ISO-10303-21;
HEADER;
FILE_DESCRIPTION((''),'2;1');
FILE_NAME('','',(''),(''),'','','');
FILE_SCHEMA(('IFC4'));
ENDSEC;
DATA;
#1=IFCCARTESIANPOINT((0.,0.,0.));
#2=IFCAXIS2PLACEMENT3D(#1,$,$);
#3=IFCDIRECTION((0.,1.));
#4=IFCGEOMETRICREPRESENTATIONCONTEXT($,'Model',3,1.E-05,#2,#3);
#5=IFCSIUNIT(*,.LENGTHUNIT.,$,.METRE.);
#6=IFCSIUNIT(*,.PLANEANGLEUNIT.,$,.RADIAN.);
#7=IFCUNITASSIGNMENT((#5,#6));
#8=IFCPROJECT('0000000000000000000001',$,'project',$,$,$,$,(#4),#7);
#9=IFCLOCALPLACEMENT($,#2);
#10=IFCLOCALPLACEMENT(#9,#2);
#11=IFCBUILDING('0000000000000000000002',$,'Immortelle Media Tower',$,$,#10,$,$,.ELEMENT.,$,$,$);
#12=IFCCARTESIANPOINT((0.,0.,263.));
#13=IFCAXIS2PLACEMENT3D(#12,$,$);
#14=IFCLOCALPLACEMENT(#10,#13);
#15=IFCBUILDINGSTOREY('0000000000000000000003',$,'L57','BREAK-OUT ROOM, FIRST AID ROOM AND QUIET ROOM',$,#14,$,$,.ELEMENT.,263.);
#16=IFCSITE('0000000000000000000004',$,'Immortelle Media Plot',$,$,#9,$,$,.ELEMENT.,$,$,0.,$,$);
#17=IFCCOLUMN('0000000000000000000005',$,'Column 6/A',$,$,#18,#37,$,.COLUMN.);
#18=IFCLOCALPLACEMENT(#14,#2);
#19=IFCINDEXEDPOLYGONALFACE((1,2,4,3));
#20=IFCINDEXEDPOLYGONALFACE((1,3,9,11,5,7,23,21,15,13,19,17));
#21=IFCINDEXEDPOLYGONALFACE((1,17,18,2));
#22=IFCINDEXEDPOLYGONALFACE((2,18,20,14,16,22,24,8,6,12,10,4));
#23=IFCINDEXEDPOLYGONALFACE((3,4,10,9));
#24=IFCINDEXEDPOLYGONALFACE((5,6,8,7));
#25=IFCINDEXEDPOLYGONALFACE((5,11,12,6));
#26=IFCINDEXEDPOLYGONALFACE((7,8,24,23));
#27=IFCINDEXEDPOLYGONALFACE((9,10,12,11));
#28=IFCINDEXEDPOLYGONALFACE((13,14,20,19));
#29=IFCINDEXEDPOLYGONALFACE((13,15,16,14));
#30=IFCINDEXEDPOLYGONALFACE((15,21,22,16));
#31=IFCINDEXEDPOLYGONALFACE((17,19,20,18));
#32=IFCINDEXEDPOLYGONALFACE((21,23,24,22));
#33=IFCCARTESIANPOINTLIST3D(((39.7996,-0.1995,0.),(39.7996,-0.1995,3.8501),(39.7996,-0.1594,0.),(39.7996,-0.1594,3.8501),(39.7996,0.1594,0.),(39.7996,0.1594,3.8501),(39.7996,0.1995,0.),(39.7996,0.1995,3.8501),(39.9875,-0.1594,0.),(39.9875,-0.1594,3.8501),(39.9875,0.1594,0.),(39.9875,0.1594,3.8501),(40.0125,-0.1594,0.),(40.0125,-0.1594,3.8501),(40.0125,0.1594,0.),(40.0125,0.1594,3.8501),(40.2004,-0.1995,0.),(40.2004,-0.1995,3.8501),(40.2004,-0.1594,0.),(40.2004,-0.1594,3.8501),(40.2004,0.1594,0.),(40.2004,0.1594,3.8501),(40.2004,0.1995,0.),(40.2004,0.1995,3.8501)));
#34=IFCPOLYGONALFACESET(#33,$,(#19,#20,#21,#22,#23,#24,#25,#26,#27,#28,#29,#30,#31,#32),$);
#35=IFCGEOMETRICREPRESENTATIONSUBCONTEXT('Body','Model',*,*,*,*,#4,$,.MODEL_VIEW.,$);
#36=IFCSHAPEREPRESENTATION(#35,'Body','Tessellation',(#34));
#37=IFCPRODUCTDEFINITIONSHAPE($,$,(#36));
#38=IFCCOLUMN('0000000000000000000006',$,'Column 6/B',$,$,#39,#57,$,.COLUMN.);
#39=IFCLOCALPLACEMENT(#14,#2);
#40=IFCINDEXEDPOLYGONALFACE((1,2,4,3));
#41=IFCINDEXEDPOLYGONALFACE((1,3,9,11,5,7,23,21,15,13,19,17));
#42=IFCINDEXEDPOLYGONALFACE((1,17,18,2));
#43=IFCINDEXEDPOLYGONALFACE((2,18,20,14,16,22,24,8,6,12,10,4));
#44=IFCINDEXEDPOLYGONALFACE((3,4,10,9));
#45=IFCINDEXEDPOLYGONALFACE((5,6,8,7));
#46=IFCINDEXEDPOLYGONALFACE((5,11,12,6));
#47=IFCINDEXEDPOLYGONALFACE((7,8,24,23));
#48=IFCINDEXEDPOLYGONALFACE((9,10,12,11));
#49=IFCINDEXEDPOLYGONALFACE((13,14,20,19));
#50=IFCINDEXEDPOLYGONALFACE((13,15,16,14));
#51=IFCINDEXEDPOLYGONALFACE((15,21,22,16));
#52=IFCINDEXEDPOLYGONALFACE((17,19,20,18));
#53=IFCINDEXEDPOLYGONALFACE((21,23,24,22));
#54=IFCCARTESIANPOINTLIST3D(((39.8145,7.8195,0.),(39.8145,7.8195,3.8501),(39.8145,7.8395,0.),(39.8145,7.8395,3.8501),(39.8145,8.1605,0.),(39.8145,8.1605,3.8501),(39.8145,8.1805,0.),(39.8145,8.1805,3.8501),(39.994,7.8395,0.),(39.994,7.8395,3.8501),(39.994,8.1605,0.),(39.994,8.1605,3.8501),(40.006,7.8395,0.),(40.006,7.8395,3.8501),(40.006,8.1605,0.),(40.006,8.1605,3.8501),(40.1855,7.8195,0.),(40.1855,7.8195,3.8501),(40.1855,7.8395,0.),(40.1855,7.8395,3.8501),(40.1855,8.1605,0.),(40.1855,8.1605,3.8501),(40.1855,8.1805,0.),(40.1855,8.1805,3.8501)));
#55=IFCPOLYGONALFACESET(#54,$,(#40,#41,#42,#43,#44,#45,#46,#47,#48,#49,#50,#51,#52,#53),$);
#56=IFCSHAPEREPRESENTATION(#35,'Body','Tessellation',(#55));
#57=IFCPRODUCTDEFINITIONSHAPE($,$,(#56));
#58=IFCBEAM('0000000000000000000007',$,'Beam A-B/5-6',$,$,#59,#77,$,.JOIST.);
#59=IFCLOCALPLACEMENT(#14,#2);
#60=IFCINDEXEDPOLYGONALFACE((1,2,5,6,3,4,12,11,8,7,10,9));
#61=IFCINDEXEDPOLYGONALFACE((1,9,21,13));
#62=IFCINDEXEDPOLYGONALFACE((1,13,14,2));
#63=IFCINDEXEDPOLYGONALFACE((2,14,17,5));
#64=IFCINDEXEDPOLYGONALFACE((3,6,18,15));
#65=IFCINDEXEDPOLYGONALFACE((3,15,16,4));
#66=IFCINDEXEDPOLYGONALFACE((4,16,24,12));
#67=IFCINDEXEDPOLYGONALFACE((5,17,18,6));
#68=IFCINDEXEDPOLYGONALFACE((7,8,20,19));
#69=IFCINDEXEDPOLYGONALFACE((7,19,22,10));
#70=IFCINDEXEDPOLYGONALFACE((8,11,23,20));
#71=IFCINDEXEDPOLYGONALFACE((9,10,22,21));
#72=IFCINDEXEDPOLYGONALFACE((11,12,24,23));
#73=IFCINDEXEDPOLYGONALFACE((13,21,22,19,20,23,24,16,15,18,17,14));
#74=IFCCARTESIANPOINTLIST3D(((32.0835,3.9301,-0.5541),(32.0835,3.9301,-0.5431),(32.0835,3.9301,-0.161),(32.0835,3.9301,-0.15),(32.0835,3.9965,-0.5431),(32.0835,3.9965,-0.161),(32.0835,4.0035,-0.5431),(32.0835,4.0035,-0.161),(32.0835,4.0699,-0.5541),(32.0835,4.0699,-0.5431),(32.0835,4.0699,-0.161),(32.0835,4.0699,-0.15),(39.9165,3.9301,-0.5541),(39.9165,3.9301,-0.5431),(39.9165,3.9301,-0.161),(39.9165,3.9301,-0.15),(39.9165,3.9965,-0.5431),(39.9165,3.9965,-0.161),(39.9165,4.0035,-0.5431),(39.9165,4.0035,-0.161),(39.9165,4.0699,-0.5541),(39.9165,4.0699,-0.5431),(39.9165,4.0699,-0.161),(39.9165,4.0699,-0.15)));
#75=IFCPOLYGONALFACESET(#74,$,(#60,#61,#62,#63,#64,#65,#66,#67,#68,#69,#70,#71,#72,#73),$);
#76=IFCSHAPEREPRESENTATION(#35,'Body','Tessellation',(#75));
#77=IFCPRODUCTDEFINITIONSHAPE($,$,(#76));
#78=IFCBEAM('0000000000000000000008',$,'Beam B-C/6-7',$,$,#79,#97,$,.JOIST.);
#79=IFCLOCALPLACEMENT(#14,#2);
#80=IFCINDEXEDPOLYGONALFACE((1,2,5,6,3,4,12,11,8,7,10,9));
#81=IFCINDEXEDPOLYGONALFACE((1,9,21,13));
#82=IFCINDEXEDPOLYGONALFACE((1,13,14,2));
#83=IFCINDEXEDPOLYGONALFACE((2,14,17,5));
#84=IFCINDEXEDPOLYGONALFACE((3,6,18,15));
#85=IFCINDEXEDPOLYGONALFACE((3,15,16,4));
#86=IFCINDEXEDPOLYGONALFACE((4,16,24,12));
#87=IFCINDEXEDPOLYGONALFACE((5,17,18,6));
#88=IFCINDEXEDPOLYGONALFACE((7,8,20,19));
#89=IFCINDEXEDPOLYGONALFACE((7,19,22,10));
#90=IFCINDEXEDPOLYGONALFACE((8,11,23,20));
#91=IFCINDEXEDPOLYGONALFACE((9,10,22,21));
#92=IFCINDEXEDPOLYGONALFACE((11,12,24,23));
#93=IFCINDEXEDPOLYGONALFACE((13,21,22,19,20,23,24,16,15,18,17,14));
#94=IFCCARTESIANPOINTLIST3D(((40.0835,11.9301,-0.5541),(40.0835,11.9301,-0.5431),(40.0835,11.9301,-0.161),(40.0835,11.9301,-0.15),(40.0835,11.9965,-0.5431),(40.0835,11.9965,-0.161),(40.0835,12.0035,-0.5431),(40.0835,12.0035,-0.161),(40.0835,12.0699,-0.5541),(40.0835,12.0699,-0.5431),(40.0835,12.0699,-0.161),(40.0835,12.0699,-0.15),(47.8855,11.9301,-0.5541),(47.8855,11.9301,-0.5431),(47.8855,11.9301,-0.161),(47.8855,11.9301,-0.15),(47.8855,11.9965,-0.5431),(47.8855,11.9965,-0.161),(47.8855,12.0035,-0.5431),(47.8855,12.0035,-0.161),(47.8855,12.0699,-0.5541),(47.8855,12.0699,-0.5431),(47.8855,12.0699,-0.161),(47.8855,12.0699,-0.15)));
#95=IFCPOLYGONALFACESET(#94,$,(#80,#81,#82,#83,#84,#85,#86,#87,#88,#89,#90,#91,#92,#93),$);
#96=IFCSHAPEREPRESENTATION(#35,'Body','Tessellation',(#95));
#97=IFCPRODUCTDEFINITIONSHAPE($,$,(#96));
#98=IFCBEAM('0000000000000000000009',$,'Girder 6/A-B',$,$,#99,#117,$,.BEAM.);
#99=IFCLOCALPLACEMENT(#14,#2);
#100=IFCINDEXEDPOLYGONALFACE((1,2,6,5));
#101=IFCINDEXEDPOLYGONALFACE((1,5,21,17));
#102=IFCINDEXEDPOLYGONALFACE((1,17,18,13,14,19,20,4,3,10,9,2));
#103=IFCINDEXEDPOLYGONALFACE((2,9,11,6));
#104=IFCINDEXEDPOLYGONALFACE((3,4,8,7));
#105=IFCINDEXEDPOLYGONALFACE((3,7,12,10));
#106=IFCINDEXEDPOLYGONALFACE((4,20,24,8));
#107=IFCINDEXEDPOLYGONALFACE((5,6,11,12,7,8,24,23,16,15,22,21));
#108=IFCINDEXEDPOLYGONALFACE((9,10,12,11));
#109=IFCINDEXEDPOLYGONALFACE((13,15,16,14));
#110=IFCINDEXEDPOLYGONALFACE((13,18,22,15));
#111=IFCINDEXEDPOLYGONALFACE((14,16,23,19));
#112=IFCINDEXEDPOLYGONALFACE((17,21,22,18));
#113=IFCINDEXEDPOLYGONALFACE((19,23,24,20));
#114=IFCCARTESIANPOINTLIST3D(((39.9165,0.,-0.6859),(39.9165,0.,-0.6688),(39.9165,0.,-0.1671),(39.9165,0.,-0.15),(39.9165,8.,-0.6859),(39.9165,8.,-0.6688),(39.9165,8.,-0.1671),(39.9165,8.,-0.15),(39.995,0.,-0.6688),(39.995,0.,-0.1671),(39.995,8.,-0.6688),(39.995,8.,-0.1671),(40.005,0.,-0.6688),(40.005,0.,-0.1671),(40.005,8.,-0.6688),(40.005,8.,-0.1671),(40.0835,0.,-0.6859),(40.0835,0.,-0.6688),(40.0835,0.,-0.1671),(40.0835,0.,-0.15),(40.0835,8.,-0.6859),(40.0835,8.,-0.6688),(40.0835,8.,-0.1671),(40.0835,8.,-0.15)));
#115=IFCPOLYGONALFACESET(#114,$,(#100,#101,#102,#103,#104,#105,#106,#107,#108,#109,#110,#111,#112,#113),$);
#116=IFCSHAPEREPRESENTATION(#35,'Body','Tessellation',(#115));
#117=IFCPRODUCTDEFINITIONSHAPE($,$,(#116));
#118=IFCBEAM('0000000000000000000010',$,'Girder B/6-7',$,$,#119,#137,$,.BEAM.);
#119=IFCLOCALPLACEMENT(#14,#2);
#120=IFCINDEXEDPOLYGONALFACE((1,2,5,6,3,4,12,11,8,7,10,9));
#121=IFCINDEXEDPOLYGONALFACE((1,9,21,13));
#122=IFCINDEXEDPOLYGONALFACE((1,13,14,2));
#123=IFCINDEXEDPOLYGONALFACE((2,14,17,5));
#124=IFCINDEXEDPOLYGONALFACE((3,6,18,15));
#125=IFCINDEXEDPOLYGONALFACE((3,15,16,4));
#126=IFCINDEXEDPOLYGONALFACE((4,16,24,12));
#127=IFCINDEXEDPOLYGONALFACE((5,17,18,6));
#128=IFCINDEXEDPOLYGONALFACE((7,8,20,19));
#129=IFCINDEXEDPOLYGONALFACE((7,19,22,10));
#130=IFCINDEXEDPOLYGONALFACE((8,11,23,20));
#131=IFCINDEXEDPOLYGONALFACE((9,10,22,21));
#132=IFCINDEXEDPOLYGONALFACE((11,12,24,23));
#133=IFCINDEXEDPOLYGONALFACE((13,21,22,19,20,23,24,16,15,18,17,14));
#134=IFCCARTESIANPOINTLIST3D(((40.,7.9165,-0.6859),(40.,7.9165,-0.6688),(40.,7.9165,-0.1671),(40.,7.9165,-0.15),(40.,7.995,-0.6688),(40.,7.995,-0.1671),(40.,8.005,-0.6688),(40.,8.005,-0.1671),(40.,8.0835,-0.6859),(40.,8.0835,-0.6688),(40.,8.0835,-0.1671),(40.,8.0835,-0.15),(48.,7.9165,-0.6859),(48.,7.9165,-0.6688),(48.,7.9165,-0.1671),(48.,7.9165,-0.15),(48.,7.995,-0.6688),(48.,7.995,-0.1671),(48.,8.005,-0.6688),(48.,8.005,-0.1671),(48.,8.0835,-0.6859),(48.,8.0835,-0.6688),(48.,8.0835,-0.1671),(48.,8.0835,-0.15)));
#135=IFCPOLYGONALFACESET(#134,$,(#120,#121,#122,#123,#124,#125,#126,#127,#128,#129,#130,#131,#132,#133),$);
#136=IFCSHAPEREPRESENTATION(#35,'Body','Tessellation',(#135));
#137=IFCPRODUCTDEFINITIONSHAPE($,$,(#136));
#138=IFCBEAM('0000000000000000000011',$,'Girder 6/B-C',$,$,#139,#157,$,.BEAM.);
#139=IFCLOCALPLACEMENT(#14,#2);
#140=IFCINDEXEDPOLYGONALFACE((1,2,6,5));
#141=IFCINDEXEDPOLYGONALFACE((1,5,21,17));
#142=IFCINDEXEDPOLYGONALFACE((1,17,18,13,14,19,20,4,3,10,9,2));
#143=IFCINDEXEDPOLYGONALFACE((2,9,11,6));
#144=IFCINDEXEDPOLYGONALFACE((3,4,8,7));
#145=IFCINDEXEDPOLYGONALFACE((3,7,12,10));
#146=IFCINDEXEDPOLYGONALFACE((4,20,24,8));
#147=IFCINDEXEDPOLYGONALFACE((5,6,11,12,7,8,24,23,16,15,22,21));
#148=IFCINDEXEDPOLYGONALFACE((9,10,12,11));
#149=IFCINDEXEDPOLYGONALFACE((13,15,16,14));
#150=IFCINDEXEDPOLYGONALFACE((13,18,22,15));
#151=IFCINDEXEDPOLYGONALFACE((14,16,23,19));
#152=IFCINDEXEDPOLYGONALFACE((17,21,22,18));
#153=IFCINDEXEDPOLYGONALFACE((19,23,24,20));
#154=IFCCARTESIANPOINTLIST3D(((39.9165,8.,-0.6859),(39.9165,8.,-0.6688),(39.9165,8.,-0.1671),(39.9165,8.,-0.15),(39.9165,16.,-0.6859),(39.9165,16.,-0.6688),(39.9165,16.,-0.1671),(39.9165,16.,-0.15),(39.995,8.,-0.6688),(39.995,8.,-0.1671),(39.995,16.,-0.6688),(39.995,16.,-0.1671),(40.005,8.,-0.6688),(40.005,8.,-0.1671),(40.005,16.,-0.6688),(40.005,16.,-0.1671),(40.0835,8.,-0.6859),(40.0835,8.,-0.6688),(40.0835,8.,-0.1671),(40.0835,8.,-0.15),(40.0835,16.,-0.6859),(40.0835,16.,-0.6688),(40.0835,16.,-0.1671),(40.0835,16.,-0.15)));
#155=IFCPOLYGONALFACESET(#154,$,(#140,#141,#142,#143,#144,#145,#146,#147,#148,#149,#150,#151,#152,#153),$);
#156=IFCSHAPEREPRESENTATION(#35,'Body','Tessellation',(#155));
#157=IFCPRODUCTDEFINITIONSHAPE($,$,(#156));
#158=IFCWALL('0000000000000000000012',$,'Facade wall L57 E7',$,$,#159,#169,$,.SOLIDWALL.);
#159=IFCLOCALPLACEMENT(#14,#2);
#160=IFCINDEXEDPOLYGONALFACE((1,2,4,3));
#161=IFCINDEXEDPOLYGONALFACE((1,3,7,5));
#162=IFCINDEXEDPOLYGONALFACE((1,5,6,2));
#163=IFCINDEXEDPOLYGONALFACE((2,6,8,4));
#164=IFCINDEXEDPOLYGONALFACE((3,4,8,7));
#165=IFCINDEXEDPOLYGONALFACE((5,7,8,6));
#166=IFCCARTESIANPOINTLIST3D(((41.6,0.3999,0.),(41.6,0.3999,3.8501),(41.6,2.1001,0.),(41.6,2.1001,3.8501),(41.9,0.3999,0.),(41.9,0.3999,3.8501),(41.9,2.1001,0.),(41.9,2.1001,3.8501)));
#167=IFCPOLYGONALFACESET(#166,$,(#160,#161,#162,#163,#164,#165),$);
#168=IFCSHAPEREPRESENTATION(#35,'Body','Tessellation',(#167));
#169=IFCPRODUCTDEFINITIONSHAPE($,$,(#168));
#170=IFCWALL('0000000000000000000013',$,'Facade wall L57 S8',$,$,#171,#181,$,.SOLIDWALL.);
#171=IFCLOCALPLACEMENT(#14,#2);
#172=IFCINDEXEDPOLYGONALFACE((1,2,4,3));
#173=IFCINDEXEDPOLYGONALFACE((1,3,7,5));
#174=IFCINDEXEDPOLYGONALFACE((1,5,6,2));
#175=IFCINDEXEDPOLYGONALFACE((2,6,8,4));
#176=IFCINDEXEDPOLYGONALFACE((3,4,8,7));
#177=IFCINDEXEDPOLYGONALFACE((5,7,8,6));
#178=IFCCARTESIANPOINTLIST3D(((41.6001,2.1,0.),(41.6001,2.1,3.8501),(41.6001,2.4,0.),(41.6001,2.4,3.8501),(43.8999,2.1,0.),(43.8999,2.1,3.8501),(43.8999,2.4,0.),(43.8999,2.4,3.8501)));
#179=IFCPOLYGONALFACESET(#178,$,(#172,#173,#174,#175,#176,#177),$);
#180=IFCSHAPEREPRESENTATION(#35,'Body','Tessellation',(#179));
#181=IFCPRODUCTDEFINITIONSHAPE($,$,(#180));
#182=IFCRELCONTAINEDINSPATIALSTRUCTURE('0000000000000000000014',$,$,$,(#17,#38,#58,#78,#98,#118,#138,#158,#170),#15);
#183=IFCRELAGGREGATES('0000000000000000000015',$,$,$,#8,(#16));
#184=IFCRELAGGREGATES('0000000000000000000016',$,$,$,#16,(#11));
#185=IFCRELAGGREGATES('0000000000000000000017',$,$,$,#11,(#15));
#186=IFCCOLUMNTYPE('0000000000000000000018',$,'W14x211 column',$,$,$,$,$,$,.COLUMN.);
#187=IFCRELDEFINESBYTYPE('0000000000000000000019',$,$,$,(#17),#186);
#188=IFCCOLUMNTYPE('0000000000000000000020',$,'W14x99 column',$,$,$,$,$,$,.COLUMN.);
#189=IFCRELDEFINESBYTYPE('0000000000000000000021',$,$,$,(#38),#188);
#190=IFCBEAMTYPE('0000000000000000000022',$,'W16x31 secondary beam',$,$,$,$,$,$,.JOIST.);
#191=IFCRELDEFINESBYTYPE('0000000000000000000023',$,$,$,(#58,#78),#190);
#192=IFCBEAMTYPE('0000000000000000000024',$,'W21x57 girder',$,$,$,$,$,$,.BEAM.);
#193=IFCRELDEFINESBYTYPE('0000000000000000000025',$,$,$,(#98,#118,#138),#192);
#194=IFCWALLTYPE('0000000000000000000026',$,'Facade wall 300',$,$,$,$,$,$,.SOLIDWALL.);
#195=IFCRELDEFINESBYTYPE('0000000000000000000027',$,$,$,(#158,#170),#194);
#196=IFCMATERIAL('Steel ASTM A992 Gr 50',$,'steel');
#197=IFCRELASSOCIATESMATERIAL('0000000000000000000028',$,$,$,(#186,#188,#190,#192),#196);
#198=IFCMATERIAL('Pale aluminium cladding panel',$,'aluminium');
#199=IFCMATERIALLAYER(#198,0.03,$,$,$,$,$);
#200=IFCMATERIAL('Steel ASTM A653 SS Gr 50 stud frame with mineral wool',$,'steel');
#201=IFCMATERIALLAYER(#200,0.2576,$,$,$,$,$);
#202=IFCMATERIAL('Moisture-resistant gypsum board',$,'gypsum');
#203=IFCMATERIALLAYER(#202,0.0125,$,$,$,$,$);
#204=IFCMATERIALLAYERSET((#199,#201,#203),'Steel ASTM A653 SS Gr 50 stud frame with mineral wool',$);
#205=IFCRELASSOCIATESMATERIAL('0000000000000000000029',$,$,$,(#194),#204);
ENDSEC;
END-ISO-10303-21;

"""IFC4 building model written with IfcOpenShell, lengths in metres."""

from ifc_helpers import new_model, si_unit, direction, frame, frame_2d, origin, origin_2d, place, context, subcontext, project, spatial, rectangle, i_section, extrude, material, layer, layer_set, material_profile, profile_set, type_object, element, save


model = new_model("IFC4")

# Units and contexts
model_context = context("Model", 3, precision=1e-05, world=origin(), true_north=direction((0.0, 1.0)))
body_context = subcontext(model_context, "Body", "Model", "MODEL_VIEW")
ifc_project = project(units=[si_unit("LENGTHUNIT", "METRE"), si_unit("PLANEANGLEUNIT", "RADIAN")], contexts=[model_context])

# Site, building, storey
site_placement = place(None, origin())
site = spatial("IfcSite", under=ifc_project, at=site_placement, Name="Immortelle Media Plot", CompositionType="ELEMENT", RefElevation=0.0)
building_placement = place(site_placement, origin())
building = spatial("IfcBuilding", under=site, at=building_placement, Name="Immortelle Media Tower", CompositionType="ELEMENT")
storey_placement = place(building_placement, frame((0.0, 0.0, 263.0)))
storey = spatial("IfcBuildingStorey", under=building, at=storey_placement, Name="L57", Description="BREAK-OUT ROOM, FIRST AID ROOM AND QUIET ROOM", CompositionType="ELEMENT", Elevation=263.0)

# Columns
ifc_material_1 = material(Name="Steel ASTM A992 Gr 50", Category="steel")
ifc_material_profile_1 = material_profile(ifc_material_1, i_section(OverallWidth=0.4009, OverallDepth=0.3989, WebThickness=0.0249, FlangeThickness=0.04, at=origin_2d()), Name="W14x211")
ifc_profile_set_1 = profile_set([ifc_material_profile_1], Name="Steel ASTM A992 Gr 50")
column_type_1 = type_object("IfcColumnType", Name="W14x211 column", PredefinedType="COLUMN", material=ifc_profile_set_1)
column_1_placement = place(storey_placement, frame((40.0, 0.0, 0.0), z_axis=(0.0, 0.0, 1.0), x_axis=(1.0, 0.0, 0.0)))
element("IfcColumn", 1, at=column_1_placement, inside=storey, type_object=column_type_1, Name="Column 6/A", PredefinedType="COLUMN", context=body_context, shape_type="SweptSolid", body=[
    extrude(i_section(OverallWidth=0.4009, OverallDepth=0.3989, WebThickness=0.0249, FlangeThickness=0.04, at=origin_2d()), origin(), (0.0, 0.0, 1.0), 3.8501),
])
ifc_material_profile_2 = material_profile(ifc_material_1, i_section(OverallWidth=0.3711, OverallDepth=0.3611, WebThickness=0.012, FlangeThickness=0.02, at=origin_2d()), Name="W14x99")
ifc_profile_set_2 = profile_set([ifc_material_profile_2], Name="Steel ASTM A992 Gr 50")
column_type_2 = type_object("IfcColumnType", Name="W14x99 column", PredefinedType="COLUMN", material=ifc_profile_set_2)
column_2_placement = place(storey_placement, frame((40.0, 8.0, 0.0), z_axis=(0.0, 0.0, 1.0), x_axis=(1.0, 0.0, 0.0)))
element("IfcColumn", 2, at=column_2_placement, inside=storey, type_object=column_type_2, Name="Column 6/B", PredefinedType="COLUMN", context=body_context, shape_type="SweptSolid", body=[
    extrude(i_section(OverallWidth=0.3711, OverallDepth=0.3611, WebThickness=0.012, FlangeThickness=0.02, at=origin_2d()), origin(), (0.0, 0.0, 1.0), 3.8501),
])

# Beams
ifc_material_profile_3 = material_profile(ifc_material_1, i_section(OverallWidth=0.1399, OverallDepth=0.4041, WebThickness=0.0071, FlangeThickness=0.011, at=origin_2d()), Name="W16x31")
ifc_profile_set_3 = profile_set([ifc_material_profile_3], Name="Steel ASTM A992 Gr 50")
beam_type_1 = type_object("IfcBeamType", Name="W16x31 secondary beam", PredefinedType="JOIST", material=ifc_profile_set_3)
beam_1_placement = place(storey_placement, frame((32.0835, 4.0, -0.3521), z_axis=(1.0, 0.0, 0.0), x_axis=(0.0, 1.0, 0.0)))
element("IfcBeam", 3, at=beam_1_placement, inside=storey, type_object=beam_type_1, Name="Beam A-B/5-6", PredefinedType="JOIST", context=body_context, shape_type="SweptSolid", body=[
    extrude(i_section(OverallWidth=0.1399, OverallDepth=0.4041, WebThickness=0.0071, FlangeThickness=0.011, at=origin_2d()), origin(), (0.0, 0.0, 1.0), 7.833),
])
beam_2_placement = place(storey_placement, frame((40.0835, 12.0, -0.3521), z_axis=(1.0, 0.0, 0.0), x_axis=(0.0, 1.0, 0.0)))
element("IfcBeam", 4, at=beam_2_placement, inside=storey, type_object=beam_type_1, Name="Beam B-C/6-7", PredefinedType="JOIST", context=body_context, shape_type="SweptSolid", body=[
    extrude(i_section(OverallWidth=0.1399, OverallDepth=0.4041, WebThickness=0.0071, FlangeThickness=0.011, at=origin_2d()), origin(), (0.0, 0.0, 1.0), 7.802),
])
ifc_material_profile_4 = material_profile(ifc_material_1, i_section(OverallWidth=0.167, OverallDepth=0.5359, WebThickness=0.01, FlangeThickness=0.0171, at=origin_2d()), Name="W21x57")
ifc_profile_set_4 = profile_set([ifc_material_profile_4], Name="Steel ASTM A992 Gr 50")
beam_type_2 = type_object("IfcBeamType", Name="W21x57 girder", PredefinedType="BEAM", material=ifc_profile_set_4)
for number, where, z_axis, x_axis, name in (
    (5, (40.0, 0.0, -0.418), (0.0, 1.0, 0.0), (-1.0, 0.0, 0.0), "Girder 6/A-B"),
    (6, (40.0, 8.0, -0.418), (1.0, 0.0, 0.0), (0.0, 1.0, 0.0), "Girder B/6-7"),
    (7, (40.0, 8.0, -0.418), (0.0, 1.0, 0.0), (-1.0, 0.0, 0.0), "Girder 6/B-C"),
):
    element("IfcBeam", number, at=place(storey_placement, frame(where, z_axis=z_axis, x_axis=x_axis)), inside=storey, type_object=beam_type_2, Name=name, PredefinedType="BEAM", context=body_context, shape_type="SweptSolid", body=[
        extrude(i_section(OverallWidth=0.167, OverallDepth=0.5359, WebThickness=0.01, FlangeThickness=0.0171, at=origin_2d()), origin(), (0.0, 0.0, 1.0), 8.0),
    ])

# Walls
ifc_material_2 = material(Name="Pale aluminium cladding panel", Category="aluminium")
ifc_layer_1 = layer(ifc_material_2, 0.03)
ifc_material_3 = material(Name="Steel ASTM A653 SS Gr 50 stud frame with mineral wool", Category="steel")
ifc_layer_2 = layer(ifc_material_3, 0.2576)
ifc_material_4 = material(Name="Moisture-resistant gypsum board", Category="gypsum")
ifc_layer_3 = layer(ifc_material_4, 0.0125)
ifc_layer_set_1 = layer_set([ifc_layer_1, ifc_layer_2, ifc_layer_3], Name="Steel ASTM A653 SS Gr 50 stud frame with mineral wool")
wall_type_1 = type_object("IfcWallType", Name="Facade wall 300", PredefinedType="SOLIDWALL", material=ifc_layer_set_1)
wall_1_placement = place(storey_placement, frame((41.75, 0.3999, 0.0), z_axis=(0.0, 0.0, 1.0), x_axis=(0.0, 1.0, 0.0)))
element("IfcWall", 8, at=wall_1_placement, inside=storey, type_object=wall_type_1, Name="Facade wall L57 E7", PredefinedType="SOLIDWALL", context=body_context, shape_type="SweptSolid", body=[
    extrude(rectangle(XDim=1.7002, YDim=0.3, at=frame_2d((0.8501, 0.0))), origin(), (0.0, 0.0, 1.0), 3.8501),
])
wall_2_placement = place(storey_placement, frame((41.6001, 2.25, 0.0), z_axis=(0.0, 0.0, 1.0), x_axis=(1.0, 0.0, 0.0)))
element("IfcWall", 9, at=wall_2_placement, inside=storey, type_object=wall_type_1, Name="Facade wall L57 S8", PredefinedType="SOLIDWALL", context=body_context, shape_type="SweptSolid", body=[
    extrude(rectangle(XDim=2.2998, YDim=0.3, at=frame_2d((1.1499, 0.0))), origin(), (0.0, 0.0, 1.0), 3.8501),
])

save(model, "model.ifc")
